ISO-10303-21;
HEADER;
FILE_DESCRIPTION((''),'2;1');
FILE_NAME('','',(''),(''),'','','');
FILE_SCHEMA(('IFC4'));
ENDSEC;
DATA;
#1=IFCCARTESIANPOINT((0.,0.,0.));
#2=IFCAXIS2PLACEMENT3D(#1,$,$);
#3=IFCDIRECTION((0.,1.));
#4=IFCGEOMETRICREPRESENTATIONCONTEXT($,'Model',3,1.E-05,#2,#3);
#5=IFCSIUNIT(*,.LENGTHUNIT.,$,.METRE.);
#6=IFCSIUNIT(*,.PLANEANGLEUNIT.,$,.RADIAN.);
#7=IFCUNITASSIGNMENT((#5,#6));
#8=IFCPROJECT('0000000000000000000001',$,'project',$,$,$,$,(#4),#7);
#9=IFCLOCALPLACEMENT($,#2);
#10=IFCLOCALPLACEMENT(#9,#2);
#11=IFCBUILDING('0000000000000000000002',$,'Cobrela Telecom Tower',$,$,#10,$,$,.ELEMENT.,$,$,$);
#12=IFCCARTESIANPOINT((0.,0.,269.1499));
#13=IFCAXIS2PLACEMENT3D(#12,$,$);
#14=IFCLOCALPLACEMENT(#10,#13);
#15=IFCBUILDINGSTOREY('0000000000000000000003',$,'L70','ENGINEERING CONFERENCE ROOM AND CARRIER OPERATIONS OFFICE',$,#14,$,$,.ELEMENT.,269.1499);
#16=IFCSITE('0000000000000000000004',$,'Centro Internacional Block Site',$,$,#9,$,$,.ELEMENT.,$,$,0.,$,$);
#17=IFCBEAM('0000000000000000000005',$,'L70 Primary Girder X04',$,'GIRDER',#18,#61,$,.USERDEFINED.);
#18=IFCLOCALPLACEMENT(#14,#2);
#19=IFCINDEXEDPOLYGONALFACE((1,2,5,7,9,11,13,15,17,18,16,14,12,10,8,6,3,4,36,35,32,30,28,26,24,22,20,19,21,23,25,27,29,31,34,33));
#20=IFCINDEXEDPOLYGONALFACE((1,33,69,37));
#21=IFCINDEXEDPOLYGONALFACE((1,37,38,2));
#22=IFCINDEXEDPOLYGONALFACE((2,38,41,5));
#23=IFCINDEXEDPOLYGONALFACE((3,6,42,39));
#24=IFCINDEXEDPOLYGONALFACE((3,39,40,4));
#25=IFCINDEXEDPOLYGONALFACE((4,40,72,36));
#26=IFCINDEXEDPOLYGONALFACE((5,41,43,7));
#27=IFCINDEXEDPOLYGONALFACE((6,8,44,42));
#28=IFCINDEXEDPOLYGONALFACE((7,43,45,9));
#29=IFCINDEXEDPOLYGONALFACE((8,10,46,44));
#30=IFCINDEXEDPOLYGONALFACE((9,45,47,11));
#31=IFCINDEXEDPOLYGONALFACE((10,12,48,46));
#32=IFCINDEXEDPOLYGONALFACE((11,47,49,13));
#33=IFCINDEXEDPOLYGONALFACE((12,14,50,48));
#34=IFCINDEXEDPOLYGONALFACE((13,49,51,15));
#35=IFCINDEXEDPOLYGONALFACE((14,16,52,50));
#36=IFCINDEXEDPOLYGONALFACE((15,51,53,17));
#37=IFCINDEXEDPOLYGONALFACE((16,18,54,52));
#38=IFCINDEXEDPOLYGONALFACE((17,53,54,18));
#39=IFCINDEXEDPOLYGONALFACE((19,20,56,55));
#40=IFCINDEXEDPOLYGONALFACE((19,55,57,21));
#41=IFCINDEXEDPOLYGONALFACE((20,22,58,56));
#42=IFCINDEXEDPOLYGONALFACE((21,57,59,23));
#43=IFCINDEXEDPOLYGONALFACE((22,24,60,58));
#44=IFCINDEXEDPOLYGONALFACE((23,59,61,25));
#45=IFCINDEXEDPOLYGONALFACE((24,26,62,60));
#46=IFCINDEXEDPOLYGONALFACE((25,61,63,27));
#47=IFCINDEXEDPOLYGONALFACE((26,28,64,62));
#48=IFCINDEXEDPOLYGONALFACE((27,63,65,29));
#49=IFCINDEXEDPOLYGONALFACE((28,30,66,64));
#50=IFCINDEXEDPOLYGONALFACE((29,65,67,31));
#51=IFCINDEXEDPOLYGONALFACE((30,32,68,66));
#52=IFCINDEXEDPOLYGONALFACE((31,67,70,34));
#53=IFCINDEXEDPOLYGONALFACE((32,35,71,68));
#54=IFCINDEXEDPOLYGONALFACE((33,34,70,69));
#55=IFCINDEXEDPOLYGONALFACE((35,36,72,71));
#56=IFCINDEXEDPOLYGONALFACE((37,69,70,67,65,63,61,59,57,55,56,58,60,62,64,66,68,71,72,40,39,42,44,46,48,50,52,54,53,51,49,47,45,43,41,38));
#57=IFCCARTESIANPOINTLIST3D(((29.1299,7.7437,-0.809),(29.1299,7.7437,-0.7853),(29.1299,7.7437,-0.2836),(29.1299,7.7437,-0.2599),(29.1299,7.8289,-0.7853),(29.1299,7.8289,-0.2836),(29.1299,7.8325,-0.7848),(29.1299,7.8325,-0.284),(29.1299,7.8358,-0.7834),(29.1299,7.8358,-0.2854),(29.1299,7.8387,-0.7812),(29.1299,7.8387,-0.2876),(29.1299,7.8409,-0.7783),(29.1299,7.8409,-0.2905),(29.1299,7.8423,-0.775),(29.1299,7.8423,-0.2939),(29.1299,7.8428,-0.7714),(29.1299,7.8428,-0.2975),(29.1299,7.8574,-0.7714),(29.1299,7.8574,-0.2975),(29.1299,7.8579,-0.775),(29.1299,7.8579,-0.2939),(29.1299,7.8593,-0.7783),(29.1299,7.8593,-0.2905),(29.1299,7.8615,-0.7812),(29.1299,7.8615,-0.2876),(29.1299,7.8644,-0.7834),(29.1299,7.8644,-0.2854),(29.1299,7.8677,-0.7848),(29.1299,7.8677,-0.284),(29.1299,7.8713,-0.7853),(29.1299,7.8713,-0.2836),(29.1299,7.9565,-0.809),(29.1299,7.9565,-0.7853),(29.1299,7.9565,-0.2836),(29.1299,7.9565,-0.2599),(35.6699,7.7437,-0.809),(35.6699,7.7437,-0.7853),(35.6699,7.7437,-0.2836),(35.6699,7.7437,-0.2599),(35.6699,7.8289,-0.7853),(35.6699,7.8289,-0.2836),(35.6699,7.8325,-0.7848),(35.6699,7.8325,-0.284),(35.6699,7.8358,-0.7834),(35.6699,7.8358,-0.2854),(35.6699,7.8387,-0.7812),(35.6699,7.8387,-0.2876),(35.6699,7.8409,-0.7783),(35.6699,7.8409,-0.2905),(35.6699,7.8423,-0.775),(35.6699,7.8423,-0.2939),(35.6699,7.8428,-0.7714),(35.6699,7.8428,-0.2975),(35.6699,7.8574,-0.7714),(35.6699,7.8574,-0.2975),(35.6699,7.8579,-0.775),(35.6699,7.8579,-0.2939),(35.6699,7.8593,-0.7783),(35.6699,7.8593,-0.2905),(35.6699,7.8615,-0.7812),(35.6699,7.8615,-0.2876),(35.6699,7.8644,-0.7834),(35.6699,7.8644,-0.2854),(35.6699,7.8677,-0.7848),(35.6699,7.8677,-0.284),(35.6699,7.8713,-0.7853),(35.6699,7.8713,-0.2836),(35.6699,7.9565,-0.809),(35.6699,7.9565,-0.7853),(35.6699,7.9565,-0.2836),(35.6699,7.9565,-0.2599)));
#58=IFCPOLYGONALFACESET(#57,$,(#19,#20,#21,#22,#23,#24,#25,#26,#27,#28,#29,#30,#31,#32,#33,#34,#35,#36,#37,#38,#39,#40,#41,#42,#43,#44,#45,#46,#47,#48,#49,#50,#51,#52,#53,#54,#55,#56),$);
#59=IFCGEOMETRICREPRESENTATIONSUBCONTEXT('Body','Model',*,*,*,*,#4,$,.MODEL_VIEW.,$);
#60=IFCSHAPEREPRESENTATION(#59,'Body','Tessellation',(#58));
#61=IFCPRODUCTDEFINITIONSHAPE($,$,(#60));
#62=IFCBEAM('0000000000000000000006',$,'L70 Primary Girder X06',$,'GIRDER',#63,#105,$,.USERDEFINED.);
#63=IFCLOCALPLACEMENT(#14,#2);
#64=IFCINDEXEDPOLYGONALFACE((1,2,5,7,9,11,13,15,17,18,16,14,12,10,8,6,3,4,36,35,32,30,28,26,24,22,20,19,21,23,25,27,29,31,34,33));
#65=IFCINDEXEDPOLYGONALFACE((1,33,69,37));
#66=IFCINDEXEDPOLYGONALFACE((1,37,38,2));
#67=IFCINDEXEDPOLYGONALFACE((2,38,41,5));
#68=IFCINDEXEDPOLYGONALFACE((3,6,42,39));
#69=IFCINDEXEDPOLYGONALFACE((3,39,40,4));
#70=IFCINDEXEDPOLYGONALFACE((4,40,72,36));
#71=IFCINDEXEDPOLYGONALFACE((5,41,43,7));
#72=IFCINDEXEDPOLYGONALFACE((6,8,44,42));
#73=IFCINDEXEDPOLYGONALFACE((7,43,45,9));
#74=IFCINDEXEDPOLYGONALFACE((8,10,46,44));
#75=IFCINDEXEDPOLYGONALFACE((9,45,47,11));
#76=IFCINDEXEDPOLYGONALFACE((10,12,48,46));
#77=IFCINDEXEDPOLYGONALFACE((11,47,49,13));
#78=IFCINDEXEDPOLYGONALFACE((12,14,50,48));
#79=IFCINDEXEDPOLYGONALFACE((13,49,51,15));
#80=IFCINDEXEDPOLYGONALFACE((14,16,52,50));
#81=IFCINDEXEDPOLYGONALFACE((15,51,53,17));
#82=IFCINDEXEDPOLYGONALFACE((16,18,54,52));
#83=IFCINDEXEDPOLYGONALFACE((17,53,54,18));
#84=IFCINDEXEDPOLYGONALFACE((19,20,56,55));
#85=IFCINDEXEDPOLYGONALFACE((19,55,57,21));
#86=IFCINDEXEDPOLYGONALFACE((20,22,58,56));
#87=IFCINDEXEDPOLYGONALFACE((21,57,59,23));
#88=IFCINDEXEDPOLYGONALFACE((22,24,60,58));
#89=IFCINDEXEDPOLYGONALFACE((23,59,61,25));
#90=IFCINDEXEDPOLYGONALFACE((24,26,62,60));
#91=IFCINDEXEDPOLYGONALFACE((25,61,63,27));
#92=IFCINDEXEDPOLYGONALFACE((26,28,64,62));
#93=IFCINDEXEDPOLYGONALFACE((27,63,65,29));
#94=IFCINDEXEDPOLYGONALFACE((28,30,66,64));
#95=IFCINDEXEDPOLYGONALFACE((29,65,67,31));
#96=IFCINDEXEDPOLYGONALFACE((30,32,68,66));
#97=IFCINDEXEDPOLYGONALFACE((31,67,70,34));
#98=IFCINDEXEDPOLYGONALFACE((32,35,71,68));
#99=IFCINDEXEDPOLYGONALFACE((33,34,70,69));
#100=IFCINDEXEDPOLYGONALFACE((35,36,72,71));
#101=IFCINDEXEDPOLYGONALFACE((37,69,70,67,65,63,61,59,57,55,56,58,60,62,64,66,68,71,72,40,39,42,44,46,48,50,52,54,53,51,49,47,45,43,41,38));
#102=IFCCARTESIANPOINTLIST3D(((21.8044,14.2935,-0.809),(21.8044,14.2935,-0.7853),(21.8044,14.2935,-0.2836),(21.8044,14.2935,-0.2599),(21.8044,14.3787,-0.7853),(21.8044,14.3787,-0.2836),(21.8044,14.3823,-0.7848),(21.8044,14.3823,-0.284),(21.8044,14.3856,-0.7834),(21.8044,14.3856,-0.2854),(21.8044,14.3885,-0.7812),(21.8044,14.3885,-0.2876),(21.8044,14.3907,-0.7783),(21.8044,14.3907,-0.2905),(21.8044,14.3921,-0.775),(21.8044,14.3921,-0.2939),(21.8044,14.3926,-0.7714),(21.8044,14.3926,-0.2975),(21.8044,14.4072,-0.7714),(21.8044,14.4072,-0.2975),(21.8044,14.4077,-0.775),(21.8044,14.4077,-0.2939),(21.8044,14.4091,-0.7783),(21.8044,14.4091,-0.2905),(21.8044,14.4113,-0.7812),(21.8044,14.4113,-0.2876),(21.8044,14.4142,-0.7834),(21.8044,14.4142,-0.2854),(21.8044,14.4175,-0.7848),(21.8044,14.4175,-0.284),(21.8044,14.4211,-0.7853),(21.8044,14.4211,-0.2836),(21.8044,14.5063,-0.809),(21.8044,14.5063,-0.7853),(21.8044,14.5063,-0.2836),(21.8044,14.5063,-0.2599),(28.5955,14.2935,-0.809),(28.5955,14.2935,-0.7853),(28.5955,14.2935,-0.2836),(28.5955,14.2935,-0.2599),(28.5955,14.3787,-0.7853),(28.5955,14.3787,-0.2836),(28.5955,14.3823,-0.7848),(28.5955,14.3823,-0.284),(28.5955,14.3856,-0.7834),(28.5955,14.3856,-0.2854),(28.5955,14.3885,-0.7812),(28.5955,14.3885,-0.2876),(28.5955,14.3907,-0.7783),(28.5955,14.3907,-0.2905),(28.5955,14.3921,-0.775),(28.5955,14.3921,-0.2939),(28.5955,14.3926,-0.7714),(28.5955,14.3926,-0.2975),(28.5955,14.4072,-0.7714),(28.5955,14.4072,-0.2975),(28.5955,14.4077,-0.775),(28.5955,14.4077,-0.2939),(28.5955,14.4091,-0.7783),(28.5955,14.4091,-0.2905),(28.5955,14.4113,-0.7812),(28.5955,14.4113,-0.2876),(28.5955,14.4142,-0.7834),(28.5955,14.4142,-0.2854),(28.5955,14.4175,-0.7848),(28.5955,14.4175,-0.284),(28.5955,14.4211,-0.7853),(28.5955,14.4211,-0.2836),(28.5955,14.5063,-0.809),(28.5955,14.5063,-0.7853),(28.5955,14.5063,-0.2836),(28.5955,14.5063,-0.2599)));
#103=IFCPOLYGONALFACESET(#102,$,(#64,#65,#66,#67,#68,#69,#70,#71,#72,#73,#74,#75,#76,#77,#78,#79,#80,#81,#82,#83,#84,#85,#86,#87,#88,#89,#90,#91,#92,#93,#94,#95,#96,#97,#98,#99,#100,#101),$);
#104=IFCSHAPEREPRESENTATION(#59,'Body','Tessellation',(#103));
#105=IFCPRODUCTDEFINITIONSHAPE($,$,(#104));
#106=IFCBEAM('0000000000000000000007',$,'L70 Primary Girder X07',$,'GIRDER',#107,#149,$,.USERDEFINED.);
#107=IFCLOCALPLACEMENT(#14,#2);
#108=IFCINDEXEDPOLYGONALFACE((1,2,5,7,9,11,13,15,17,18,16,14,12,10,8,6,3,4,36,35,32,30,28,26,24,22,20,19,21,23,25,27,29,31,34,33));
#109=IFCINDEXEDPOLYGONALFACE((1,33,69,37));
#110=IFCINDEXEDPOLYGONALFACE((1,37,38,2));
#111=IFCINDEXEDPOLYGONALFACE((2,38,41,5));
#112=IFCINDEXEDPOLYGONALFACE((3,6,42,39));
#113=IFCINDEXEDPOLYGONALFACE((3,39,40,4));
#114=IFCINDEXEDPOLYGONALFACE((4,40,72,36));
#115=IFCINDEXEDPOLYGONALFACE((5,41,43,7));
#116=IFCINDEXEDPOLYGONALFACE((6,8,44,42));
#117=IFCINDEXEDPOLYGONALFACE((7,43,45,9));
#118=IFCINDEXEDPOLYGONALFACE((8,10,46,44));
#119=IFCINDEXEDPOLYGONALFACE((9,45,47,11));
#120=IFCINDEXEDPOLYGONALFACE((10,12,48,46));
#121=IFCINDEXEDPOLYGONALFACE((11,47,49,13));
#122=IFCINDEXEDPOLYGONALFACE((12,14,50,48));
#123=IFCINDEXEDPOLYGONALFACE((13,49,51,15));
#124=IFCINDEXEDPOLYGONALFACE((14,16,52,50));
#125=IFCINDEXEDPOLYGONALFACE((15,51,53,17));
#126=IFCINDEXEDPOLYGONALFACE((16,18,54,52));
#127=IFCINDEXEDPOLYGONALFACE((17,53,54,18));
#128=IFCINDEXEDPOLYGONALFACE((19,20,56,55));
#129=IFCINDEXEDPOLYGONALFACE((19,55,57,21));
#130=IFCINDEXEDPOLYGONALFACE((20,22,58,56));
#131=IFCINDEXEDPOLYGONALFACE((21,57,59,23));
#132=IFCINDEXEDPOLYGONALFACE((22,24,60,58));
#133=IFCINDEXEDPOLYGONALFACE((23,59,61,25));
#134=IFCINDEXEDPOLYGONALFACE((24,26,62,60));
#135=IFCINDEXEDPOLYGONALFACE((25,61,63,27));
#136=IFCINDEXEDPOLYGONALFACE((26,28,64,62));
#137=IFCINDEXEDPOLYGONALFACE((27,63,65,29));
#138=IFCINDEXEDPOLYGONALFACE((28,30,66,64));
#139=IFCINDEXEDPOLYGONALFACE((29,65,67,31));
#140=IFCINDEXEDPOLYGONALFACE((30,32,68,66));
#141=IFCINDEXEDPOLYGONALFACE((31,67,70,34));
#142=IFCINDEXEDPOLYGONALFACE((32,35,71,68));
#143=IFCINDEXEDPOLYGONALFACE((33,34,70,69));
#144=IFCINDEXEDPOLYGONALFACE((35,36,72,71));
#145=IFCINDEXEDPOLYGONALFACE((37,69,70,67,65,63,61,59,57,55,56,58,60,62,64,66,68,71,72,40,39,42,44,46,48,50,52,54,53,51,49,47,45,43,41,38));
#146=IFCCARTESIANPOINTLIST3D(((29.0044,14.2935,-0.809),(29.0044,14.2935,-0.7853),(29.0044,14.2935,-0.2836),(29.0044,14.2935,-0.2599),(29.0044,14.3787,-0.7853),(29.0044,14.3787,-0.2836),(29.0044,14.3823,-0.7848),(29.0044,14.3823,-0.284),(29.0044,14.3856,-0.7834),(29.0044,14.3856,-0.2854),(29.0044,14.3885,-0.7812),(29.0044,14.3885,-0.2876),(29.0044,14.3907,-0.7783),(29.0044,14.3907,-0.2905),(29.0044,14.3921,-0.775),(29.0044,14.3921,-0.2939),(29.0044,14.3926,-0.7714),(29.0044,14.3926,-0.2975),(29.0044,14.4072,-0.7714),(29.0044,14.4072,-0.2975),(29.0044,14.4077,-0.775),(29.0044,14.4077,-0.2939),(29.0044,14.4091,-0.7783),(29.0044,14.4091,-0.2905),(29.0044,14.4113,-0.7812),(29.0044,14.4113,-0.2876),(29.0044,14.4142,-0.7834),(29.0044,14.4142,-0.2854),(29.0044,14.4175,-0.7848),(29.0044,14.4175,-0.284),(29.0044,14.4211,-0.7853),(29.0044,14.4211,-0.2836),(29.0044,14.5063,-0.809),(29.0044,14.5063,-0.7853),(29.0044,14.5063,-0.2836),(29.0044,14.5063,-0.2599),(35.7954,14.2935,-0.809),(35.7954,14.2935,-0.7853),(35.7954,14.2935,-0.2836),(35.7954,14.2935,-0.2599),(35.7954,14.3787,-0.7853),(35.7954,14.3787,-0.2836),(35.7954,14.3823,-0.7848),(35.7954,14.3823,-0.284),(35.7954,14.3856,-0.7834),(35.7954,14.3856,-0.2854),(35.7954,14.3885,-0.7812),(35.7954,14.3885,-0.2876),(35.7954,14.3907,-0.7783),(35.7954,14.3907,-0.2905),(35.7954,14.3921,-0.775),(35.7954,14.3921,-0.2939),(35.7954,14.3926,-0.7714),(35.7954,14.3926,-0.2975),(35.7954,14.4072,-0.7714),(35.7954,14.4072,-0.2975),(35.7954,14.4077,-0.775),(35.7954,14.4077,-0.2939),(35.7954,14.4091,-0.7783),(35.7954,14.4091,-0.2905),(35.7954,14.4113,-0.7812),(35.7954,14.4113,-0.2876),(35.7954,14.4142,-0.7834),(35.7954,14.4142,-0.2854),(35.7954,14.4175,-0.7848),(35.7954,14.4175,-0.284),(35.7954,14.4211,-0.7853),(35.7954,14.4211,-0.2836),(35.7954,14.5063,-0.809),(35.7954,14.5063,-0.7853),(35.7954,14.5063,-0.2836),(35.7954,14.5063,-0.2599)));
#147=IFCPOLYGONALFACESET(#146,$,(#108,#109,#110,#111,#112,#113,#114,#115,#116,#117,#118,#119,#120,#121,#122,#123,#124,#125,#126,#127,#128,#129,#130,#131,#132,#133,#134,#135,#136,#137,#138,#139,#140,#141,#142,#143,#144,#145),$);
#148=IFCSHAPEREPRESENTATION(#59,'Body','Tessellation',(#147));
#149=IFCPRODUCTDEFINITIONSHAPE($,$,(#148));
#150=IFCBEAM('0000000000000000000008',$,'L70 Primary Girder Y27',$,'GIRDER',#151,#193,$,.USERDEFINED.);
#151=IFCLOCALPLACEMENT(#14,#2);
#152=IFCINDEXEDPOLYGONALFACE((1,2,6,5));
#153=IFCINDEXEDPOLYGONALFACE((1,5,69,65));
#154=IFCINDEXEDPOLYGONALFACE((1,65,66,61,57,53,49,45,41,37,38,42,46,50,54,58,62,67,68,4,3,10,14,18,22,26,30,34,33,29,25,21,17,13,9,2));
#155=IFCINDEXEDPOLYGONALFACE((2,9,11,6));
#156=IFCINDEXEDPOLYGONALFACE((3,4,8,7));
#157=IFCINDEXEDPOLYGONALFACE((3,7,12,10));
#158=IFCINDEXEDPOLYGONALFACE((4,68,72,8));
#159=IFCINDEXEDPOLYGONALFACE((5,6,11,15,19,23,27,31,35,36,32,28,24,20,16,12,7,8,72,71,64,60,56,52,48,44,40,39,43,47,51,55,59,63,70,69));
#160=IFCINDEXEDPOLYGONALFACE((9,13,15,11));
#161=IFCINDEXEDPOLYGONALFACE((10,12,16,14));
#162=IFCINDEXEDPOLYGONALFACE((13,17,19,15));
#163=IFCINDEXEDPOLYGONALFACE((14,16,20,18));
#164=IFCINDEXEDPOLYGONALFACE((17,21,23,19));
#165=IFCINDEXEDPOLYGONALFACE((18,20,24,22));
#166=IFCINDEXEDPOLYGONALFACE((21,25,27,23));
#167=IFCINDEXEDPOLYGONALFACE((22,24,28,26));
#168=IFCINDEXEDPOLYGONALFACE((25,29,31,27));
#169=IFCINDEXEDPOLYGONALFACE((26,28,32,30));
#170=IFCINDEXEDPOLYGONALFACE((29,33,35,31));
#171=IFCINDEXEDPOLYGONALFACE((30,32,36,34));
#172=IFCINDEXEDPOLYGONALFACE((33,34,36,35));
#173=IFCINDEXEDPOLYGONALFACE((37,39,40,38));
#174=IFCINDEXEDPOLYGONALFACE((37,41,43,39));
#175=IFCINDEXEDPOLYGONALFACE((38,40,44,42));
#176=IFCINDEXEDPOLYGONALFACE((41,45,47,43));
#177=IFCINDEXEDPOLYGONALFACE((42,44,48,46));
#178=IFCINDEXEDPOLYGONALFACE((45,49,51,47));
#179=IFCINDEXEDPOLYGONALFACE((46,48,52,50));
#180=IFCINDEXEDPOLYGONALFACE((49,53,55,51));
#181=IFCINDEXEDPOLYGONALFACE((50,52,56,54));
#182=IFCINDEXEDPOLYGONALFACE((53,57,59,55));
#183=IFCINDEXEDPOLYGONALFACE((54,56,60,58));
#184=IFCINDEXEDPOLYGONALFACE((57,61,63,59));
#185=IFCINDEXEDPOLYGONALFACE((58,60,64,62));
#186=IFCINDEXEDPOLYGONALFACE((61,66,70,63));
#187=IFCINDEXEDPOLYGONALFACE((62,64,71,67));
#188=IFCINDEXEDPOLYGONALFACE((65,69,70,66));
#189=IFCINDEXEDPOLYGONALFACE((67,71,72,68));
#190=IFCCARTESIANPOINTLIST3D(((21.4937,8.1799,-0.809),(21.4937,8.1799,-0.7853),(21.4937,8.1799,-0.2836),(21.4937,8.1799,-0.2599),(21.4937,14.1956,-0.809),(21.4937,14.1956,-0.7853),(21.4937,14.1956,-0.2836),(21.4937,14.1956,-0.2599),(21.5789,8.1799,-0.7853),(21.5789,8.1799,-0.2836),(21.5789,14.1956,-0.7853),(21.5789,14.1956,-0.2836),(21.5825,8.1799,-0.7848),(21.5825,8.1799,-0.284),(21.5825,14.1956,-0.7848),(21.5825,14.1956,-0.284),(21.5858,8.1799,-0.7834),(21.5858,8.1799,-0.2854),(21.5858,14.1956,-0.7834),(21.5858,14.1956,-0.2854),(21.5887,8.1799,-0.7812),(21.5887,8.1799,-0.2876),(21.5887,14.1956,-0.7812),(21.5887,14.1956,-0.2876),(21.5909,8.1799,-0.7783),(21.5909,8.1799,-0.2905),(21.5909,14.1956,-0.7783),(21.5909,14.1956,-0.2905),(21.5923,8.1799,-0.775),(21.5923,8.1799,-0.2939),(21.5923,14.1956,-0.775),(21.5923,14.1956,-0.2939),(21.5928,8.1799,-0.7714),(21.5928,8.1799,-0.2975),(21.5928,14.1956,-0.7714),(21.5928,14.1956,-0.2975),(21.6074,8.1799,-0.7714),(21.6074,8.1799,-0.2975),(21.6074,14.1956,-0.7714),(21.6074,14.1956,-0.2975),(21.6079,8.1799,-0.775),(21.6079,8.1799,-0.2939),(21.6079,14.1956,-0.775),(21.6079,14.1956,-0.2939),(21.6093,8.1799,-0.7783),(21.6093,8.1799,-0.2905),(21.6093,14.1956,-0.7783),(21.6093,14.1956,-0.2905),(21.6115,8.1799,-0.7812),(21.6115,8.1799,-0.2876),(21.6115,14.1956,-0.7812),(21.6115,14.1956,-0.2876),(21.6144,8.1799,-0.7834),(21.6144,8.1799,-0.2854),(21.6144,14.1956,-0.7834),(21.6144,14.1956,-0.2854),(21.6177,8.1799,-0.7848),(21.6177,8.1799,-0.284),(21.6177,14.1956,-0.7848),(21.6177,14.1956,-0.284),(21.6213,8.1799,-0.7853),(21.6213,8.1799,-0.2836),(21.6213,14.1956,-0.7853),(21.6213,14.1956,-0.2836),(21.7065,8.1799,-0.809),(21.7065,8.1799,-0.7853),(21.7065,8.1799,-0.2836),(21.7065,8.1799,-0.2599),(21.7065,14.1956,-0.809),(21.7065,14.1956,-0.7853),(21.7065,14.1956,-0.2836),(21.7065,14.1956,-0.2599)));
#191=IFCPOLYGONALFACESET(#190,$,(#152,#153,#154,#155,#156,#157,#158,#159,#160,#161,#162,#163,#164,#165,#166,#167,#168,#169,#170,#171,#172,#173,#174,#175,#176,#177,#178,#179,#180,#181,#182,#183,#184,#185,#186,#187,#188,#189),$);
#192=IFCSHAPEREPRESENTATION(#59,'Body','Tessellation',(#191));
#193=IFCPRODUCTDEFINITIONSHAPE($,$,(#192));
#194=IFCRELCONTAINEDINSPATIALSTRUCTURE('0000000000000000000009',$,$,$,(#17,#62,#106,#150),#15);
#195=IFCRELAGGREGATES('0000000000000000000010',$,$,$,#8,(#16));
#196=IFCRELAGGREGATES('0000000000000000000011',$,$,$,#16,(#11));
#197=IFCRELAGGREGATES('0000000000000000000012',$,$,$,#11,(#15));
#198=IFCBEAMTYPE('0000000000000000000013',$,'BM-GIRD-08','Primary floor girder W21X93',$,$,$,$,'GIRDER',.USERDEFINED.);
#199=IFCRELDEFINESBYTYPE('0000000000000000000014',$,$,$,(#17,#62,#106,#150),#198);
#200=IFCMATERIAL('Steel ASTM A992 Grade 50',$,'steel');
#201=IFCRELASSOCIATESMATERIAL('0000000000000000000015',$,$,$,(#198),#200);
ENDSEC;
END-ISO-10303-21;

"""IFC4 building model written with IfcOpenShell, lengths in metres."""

from ifc_helpers import new_model, si_unit, direction, frame, origin, origin_2d, place, context, subcontext, project, spatial, i_section, extrude, material, material_profile, profile_set, type_object, element, save


model = new_model("IFC4")

# Units and contexts
model_context = context("Model", 3, precision=1e-05, world=origin(), true_north=direction((0.0, 1.0)))
body_context = subcontext(model_context, "Body", "Model", "MODEL_VIEW")
ifc_project = project(units=[si_unit("LENGTHUNIT", "METRE"), si_unit("PLANEANGLEUNIT", "RADIAN")], contexts=[model_context])

# Site, building, storey
site_placement = place(None, origin())
site = spatial("IfcSite", under=ifc_project, at=site_placement, Name="Centro Internacional Block Site", CompositionType="ELEMENT", RefElevation=0.0)
building_placement = place(site_placement, origin())
building = spatial("IfcBuilding", under=site, at=building_placement, Name="Cobrela Telecom Tower", CompositionType="ELEMENT")
storey_placement = place(building_placement, frame((0.0, 0.0, 269.1499)))
storey = spatial("IfcBuildingStorey", under=building, at=storey_placement, Name="L70", Description="ENGINEERING CONFERENCE ROOM AND CARRIER OPERATIONS OFFICE", CompositionType="ELEMENT", Elevation=269.1499)

# Shared definitions
ifc_material_1 = material(Name="Steel ASTM A992 Grade 50", Category="steel")

# Beams
ifc_material_profile_1 = material_profile(ifc_material_1, i_section(OverallWidth=0.2129, OverallDepth=0.5491, WebThickness=0.0146, FlangeThickness=0.0237, FilletRadius=0.0139, at=origin_2d()), Name="W21X93")
ifc_profile_set_1 = profile_set([ifc_material_profile_1], Name="Steel ASTM A992 Grade 50")
beam_type_1 = type_object("IfcBeamType", Name="BM-GIRD-08", Description="Primary floor girder W21X93", ElementType="GIRDER", PredefinedType="USERDEFINED", material=ifc_profile_set_1)
for number, where, z_axis, x_axis, name in (
    (1, (29.1299, 7.8501, -0.5344), (1.0, 0.0, 0.0), (0.0, 1.0, 0.0), "L70 Primary Girder X04"),
):
    element("IfcBeam", number, at=place(storey_placement, frame(where, z_axis=z_axis, x_axis=x_axis)), inside=storey, type_object=beam_type_1, Name=name, ObjectType="GIRDER", PredefinedType="USERDEFINED", context=body_context, shape_type="SweptSolid", body=[
        extrude(i_section(OverallWidth=0.2129, OverallDepth=0.5491, WebThickness=0.0146, FlangeThickness=0.0237, FilletRadius=0.0139, at=origin_2d()), origin(), (0.0, 0.0, 1.0), 6.54),
    ])
for number, where, z_axis, x_axis, name in (
    (2, (21.8044, 14.3999, -0.5344), (1.0, 0.0, 0.0), (0.0, 1.0, 0.0), "L70 Primary Girder X06"),
    (3, (29.0044, 14.3999, -0.5344), (1.0, 0.0, 0.0), (0.0, 1.0, 0.0), "L70 Primary Girder X07"),
):
    element("IfcBeam", number, at=place(storey_placement, frame(where, z_axis=z_axis, x_axis=x_axis)), inside=storey, type_object=beam_type_1, Name=name, ObjectType="GIRDER", PredefinedType="USERDEFINED", context=body_context, shape_type="SweptSolid", body=[
        extrude(i_section(OverallWidth=0.2129, OverallDepth=0.5491, WebThickness=0.0146, FlangeThickness=0.0237, FilletRadius=0.0139, at=origin_2d()), origin(), (0.0, 0.0, 1.0), 6.791),
    ])
beam_1_placement = place(storey_placement, frame((21.6001, 8.1799, -0.5344), z_axis=(0.0, 1.0, 0.0), x_axis=(-1.0, 0.0, 0.0)))
element("IfcBeam", 4, at=beam_1_placement, inside=storey, type_object=beam_type_1, Name="L70 Primary Girder Y27", ObjectType="GIRDER", PredefinedType="USERDEFINED", context=body_context, shape_type="SweptSolid", body=[
    extrude(i_section(OverallWidth=0.2129, OverallDepth=0.5491, WebThickness=0.0146, FlangeThickness=0.0237, FilletRadius=0.0139, at=origin_2d()), origin(), (0.0, 0.0, 1.0), 6.0156),
])

save(model, "model.ifc")
